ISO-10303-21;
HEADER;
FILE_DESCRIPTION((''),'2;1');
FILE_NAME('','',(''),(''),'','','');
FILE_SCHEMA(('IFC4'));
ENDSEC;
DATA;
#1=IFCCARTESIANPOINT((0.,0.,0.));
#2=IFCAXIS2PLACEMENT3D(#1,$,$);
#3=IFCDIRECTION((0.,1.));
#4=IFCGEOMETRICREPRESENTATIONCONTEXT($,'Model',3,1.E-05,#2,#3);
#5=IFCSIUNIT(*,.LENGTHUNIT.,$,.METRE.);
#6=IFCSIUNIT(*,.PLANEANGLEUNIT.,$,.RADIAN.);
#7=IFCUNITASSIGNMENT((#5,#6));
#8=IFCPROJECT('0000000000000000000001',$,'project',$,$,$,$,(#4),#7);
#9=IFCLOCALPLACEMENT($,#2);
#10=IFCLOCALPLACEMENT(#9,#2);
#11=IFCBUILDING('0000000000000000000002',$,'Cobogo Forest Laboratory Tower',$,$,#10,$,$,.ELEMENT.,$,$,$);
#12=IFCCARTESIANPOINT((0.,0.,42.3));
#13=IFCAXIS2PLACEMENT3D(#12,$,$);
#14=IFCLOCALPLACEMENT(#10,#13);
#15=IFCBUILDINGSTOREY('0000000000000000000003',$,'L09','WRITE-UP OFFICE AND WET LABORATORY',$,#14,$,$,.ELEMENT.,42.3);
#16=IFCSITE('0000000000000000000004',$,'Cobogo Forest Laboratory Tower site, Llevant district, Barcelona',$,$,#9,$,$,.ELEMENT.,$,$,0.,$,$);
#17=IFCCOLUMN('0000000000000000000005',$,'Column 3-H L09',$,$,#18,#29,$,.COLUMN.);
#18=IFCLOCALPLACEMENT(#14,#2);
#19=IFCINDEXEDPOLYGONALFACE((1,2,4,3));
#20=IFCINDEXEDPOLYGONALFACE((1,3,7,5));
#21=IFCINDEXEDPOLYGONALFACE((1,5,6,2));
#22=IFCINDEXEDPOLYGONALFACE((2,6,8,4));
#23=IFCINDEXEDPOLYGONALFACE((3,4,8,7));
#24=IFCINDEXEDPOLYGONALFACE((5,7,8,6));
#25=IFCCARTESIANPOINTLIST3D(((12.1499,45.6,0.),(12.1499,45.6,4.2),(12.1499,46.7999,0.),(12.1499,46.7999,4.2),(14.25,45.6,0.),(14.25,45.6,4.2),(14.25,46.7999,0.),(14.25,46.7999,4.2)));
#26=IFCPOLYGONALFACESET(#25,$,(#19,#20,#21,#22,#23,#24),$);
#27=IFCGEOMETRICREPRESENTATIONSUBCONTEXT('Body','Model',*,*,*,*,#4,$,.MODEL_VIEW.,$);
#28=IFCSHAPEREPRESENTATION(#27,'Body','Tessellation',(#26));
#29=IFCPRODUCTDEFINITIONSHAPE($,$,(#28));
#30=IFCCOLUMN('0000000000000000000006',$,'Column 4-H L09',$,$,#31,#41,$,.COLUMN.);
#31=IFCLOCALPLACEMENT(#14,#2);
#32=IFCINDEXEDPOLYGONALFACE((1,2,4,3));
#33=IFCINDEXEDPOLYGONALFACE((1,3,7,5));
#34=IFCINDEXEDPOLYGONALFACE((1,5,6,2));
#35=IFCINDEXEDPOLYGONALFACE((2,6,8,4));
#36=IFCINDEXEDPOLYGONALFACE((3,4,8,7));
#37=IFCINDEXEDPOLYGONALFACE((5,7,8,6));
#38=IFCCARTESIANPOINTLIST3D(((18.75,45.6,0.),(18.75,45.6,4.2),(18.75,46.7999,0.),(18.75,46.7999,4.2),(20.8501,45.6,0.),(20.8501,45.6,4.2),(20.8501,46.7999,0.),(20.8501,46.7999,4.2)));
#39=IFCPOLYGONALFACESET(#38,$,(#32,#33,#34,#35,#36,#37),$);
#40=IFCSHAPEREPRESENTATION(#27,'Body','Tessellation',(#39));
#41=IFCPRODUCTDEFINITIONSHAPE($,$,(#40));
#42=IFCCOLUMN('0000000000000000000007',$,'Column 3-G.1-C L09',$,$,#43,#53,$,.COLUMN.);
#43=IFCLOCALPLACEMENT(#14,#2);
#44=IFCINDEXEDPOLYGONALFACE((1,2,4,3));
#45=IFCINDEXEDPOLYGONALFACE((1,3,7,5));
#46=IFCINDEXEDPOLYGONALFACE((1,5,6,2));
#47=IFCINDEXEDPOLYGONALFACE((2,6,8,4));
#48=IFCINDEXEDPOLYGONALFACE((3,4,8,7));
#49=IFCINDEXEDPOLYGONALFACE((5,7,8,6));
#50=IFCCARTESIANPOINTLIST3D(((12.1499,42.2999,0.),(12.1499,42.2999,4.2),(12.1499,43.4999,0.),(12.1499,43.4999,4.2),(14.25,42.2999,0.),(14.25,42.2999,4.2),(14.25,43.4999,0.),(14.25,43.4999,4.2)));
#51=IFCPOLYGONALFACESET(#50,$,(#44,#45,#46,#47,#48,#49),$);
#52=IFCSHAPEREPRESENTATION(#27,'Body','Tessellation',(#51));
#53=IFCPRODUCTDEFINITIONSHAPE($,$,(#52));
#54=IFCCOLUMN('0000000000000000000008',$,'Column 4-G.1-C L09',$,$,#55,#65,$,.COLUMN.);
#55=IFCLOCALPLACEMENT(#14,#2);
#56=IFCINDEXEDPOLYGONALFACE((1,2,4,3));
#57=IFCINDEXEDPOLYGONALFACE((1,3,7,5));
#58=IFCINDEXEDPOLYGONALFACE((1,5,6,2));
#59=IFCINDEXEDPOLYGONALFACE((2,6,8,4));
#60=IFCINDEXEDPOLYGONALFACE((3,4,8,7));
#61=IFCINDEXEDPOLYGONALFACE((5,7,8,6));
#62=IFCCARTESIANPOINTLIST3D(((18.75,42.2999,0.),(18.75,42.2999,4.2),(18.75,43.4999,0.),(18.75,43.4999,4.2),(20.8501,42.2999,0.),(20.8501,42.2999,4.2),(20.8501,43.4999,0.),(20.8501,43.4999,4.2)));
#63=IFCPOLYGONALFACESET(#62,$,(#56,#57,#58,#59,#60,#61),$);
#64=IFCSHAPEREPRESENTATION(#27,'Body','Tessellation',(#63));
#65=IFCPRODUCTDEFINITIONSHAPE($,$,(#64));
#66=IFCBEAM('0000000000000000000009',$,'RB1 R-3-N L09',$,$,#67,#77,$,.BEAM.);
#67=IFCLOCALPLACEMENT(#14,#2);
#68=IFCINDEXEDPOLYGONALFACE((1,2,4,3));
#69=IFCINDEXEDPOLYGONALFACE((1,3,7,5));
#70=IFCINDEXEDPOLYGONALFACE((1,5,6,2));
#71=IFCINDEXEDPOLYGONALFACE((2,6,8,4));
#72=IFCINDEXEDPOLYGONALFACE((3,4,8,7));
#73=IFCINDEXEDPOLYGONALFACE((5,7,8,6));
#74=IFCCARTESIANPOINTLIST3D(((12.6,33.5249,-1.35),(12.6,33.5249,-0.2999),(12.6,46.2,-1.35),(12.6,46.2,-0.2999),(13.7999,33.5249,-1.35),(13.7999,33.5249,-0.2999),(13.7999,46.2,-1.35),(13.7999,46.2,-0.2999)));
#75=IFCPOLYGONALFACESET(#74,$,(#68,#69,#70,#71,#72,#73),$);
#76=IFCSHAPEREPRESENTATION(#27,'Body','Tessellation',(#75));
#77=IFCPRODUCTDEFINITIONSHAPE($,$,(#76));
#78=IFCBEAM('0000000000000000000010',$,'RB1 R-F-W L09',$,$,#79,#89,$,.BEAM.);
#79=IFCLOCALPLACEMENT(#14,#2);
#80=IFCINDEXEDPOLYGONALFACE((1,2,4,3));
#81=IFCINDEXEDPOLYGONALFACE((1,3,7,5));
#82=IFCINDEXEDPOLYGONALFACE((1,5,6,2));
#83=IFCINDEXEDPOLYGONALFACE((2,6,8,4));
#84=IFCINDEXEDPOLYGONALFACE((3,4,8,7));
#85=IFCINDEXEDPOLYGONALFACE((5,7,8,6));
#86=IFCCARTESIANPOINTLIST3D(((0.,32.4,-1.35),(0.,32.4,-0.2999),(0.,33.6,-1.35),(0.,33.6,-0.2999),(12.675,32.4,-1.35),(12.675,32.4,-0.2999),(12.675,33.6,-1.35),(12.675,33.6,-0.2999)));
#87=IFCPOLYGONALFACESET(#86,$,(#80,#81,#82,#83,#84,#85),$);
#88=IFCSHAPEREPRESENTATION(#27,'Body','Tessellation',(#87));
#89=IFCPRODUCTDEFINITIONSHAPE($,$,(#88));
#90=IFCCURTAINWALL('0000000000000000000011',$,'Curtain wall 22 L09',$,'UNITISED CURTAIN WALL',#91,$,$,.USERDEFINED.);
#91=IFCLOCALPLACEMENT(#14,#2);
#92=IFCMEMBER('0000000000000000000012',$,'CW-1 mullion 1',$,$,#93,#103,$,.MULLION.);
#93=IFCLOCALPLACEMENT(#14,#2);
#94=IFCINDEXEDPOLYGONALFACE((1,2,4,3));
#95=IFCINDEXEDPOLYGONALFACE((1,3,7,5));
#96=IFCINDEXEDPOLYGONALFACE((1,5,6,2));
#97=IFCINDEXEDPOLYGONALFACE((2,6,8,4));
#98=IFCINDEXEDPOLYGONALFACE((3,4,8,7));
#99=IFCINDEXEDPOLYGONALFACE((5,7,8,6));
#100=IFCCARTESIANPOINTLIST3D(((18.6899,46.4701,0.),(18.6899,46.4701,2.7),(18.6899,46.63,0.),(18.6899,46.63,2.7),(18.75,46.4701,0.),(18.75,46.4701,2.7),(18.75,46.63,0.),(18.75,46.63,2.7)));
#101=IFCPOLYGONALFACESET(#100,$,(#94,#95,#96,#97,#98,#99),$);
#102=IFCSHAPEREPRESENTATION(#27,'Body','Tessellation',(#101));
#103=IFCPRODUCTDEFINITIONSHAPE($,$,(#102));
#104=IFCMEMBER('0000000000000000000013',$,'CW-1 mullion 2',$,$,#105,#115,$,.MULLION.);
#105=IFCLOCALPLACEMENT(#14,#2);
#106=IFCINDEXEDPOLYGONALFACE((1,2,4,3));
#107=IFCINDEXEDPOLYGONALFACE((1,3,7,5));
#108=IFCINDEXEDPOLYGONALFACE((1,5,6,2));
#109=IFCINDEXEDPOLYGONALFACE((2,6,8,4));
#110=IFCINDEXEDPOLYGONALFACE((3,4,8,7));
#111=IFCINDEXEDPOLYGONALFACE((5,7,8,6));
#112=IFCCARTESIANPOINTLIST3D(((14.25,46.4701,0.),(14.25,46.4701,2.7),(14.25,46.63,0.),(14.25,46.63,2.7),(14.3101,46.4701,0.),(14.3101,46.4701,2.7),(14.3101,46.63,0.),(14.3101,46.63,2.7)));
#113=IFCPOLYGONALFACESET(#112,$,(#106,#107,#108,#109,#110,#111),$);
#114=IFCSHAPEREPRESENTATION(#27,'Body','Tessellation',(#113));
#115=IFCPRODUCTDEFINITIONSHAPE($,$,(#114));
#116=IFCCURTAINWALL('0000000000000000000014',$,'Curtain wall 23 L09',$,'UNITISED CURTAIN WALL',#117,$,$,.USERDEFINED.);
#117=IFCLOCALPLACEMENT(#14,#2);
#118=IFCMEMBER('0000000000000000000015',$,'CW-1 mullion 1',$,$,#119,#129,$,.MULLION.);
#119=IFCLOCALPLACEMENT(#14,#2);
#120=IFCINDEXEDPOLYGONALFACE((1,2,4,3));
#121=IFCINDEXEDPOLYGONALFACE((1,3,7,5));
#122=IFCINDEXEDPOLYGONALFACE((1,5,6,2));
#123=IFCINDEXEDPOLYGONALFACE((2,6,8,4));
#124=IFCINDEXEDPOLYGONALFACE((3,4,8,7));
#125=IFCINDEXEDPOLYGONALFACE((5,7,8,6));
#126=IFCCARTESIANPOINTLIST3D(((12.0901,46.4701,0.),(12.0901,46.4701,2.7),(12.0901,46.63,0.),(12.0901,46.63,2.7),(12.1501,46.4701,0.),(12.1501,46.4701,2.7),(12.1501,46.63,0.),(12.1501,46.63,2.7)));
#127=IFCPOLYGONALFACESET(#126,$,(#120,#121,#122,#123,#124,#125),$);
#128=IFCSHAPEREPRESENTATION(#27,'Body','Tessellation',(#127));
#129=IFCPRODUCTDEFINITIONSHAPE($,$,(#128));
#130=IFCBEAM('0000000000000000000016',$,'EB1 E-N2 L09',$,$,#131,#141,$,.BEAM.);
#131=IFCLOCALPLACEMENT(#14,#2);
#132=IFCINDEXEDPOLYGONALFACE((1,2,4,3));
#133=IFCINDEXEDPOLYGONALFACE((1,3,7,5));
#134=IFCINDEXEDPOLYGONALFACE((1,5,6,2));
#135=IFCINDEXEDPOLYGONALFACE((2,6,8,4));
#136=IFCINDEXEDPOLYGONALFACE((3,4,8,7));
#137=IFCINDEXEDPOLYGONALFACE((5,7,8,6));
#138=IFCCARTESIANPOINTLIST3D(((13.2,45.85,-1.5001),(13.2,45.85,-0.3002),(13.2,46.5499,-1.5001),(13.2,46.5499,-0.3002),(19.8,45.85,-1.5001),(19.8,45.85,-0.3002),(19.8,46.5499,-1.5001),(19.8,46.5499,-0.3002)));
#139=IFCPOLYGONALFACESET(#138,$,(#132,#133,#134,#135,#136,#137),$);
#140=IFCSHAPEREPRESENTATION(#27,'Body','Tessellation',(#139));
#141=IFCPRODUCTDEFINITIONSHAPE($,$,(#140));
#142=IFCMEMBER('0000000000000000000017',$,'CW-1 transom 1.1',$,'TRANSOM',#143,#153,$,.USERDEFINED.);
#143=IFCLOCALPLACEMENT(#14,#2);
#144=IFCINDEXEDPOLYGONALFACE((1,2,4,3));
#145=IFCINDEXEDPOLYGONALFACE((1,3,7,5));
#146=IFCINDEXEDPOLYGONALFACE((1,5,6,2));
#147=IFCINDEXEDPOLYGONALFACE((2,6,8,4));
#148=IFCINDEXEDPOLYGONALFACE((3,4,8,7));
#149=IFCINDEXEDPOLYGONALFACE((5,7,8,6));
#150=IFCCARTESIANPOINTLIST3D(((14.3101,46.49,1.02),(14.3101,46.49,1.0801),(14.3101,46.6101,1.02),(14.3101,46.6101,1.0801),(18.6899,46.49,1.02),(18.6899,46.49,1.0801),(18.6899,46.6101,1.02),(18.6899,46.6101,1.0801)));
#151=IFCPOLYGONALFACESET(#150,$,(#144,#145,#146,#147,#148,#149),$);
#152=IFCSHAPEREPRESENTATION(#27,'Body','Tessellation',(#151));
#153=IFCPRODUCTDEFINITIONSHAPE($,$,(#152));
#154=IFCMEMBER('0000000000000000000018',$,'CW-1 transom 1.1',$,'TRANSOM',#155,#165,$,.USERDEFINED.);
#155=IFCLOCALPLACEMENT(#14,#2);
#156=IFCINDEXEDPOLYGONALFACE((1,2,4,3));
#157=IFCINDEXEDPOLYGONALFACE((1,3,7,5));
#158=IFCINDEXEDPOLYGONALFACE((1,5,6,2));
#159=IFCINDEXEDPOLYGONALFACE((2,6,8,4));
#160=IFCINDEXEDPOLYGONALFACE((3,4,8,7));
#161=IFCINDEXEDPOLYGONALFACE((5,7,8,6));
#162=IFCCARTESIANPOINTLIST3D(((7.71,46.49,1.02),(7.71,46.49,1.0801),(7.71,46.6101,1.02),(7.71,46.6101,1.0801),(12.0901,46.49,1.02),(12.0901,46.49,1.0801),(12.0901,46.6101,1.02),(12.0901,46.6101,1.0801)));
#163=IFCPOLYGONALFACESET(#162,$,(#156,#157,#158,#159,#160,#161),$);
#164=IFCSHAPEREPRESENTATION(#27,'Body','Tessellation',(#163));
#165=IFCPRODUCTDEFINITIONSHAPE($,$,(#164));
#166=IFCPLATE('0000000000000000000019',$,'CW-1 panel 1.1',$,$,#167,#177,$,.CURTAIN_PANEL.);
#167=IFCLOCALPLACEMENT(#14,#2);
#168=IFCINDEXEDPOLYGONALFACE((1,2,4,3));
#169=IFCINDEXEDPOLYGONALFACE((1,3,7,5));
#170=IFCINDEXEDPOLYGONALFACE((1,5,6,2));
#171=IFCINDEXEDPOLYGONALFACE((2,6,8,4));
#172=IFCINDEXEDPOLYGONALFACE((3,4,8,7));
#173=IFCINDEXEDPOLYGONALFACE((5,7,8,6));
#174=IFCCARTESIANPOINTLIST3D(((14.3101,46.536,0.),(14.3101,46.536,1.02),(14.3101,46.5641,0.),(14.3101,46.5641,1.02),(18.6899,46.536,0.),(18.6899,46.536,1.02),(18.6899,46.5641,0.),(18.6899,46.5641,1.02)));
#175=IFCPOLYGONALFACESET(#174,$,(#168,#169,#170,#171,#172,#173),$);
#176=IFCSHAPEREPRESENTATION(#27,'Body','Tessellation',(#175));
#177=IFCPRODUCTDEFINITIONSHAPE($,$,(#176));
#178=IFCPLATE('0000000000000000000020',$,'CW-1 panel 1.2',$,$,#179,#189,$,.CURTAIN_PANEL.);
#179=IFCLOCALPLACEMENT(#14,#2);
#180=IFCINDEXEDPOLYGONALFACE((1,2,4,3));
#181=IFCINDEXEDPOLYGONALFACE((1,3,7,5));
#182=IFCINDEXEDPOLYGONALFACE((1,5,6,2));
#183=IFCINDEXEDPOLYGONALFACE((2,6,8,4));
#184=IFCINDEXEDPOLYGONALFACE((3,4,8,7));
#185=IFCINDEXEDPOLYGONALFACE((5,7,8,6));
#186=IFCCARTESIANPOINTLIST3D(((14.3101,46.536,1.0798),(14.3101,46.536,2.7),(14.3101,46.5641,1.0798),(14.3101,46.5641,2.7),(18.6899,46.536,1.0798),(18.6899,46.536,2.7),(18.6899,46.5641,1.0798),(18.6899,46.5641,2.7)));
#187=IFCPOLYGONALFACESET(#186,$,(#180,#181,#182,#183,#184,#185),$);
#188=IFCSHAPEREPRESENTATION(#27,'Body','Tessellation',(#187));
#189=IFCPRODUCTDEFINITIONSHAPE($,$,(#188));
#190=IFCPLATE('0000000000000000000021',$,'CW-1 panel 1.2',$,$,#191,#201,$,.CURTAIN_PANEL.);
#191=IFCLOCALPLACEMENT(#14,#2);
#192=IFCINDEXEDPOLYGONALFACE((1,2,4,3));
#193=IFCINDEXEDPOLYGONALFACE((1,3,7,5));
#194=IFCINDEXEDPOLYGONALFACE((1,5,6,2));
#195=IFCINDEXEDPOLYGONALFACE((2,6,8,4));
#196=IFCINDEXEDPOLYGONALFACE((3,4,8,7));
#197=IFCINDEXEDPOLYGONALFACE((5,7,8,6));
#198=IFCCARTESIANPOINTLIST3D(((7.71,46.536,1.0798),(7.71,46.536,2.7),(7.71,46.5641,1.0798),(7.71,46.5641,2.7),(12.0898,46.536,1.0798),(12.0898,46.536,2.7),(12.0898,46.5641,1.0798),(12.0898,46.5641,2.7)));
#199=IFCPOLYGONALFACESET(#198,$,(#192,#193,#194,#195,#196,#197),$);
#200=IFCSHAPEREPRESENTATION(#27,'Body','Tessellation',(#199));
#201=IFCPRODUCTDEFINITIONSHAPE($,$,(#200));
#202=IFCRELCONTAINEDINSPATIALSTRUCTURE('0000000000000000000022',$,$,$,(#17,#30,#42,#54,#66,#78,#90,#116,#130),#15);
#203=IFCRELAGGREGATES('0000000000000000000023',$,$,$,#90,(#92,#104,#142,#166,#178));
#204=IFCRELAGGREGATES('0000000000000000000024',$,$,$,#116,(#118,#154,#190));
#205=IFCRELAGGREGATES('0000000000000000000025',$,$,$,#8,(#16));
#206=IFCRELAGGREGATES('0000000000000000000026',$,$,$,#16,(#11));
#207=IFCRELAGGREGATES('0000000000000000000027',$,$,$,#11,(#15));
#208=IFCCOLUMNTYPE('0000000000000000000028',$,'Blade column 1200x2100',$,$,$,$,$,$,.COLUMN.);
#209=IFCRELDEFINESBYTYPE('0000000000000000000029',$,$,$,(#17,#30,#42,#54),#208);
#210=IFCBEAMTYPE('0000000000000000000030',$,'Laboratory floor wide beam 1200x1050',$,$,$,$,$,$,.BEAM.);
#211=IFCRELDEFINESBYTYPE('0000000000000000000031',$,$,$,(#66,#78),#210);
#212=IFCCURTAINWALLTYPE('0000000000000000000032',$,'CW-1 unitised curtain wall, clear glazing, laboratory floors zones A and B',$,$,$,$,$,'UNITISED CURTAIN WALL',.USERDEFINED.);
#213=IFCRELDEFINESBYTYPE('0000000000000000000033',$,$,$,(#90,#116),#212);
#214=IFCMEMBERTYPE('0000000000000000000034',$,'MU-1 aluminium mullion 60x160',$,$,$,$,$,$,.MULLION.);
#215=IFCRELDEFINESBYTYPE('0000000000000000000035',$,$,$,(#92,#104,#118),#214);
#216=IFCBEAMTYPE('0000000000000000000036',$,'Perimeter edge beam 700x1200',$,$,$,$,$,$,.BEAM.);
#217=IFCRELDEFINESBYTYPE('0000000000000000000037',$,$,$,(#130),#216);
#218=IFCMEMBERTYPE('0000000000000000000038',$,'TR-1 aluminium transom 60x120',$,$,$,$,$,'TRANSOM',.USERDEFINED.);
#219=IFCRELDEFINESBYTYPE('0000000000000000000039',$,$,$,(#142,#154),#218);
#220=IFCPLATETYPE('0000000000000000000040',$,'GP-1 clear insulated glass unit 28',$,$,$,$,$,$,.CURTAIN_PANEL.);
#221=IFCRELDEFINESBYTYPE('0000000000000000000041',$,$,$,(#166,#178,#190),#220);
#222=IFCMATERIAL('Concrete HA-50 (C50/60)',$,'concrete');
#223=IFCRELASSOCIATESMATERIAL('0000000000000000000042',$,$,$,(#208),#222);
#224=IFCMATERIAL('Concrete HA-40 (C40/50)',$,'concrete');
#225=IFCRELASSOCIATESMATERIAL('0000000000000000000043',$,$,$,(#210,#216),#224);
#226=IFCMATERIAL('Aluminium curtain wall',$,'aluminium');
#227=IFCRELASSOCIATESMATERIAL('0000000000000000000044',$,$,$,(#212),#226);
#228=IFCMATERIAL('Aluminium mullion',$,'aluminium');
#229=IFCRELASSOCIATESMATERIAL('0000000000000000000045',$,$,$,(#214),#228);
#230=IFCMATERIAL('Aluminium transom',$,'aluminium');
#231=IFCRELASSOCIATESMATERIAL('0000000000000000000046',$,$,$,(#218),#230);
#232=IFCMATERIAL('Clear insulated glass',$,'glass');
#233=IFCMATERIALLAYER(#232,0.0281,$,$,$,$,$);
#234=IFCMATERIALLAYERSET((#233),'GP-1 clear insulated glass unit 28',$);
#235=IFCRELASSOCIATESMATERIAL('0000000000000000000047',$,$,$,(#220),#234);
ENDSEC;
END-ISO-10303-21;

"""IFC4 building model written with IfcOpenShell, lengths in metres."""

from ifc_helpers import new_model, si_unit, direction, frame, origin, origin_2d, place, context, subcontext, project, spatial, rectangle, extrude, material, layer, layer_set, material_profile, profile_set, type_object, element, aggregate, save


model = new_model("IFC4")

# Units and contexts
model_context = context("Model", 3, precision=1e-05, world=origin(), true_north=direction((0.0, 1.0)))
body_context = subcontext(model_context, "Body", "Model", "MODEL_VIEW")
ifc_project = project(units=[si_unit("LENGTHUNIT", "METRE"), si_unit("PLANEANGLEUNIT", "RADIAN")], contexts=[model_context])

# Site, building, storey
site_placement = place(None, origin())
site = spatial("IfcSite", under=ifc_project, at=site_placement, Name="Cobogo Forest Laboratory Tower site, Llevant district, Barcelona", CompositionType="ELEMENT", RefElevation=0.0)
building_placement = place(site_placement, origin())
building = spatial("IfcBuilding", under=site, at=building_placement, Name="Cobogo Forest Laboratory Tower", CompositionType="ELEMENT")
storey_placement = place(building_placement, frame((0.0, 0.0, 42.3)))
storey = spatial("IfcBuildingStorey", under=building, at=storey_placement, Name="L09", Description="WRITE-UP OFFICE AND WET LABORATORY", CompositionType="ELEMENT", Elevation=42.3)

# Columns
ifc_material_1 = material(Name="Concrete HA-50 (C50/60)", Category="concrete")
ifc_material_profile_1 = material_profile(ifc_material_1, rectangle(XDim=2.1001, YDim=1.2, at=origin_2d()), Name="RC 1200x2100")
ifc_profile_set_1 = profile_set([ifc_material_profile_1], Name="Concrete HA-50 (C50/60)")
column_type = type_object("IfcColumnType", Name="Blade column 1200x2100", PredefinedType="COLUMN", material=ifc_profile_set_1)
for number, where, z_axis, x_axis, name in (
    (1, (13.2, 46.2, 0.0), (0.0, 0.0, 1.0), (1.0, 0.0, 0.0), "Column 3-H L09"),
    (2, (19.8, 46.2, 0.0), (0.0, 0.0, 1.0), (1.0, 0.0, 0.0), "Column 4-H L09"),
    (3, (13.2, 42.8999, 0.0), (0.0, 0.0, 1.0), (1.0, 0.0, 0.0), "Column 3-G.1-C L09"),
    (4, (19.8, 42.8999, 0.0), (0.0, 0.0, 1.0), (1.0, 0.0, 0.0), "Column 4-G.1-C L09"),
):
    element("IfcColumn", number, at=place(storey_placement, frame(where, z_axis=z_axis, x_axis=x_axis)), inside=storey, type_object=column_type, Name=name, PredefinedType="COLUMN", context=body_context, shape_type="SweptSolid", body=[
        extrude(rectangle(XDim=2.1001, YDim=1.2, at=origin_2d()), origin(), (0.0, 0.0, 1.0), 4.2),
    ])

# Beams
ifc_material_2 = material(Name="Concrete HA-40 (C40/50)", Category="concrete")
ifc_material_profile_2 = material_profile(ifc_material_2, rectangle(XDim=1.2, YDim=1.05, at=origin_2d()), Name="RC 1200x1050")
ifc_profile_set_2 = profile_set([ifc_material_profile_2], Name="Concrete HA-40 (C40/50)")
beam_type_1 = type_object("IfcBeamType", Name="Laboratory floor wide beam 1200x1050", PredefinedType="BEAM", material=ifc_profile_set_2)
for number, where, z_axis, x_axis, name in (
    (5, (13.2, 33.5249, -0.825), (0.0, 1.0, 0.0), (-1.0, 0.0, 0.0), "RB1 R-3-N L09"),
    (6, (12.675, 33.0, -0.825), (-1.0, 0.0, 0.0), (0.0, -1.0, 0.0), "RB1 R-F-W L09"),
):
    element("IfcBeam", number, at=place(storey_placement, frame(where, z_axis=z_axis, x_axis=x_axis)), inside=storey, type_object=beam_type_1, Name=name, PredefinedType="BEAM", context=body_context, shape_type="SweptSolid", body=[
        extrude(rectangle(XDim=1.2, YDim=1.05, at=origin_2d()), origin(), (0.0, 0.0, 1.0), 12.675),
    ])

# Curtain wall, members
ifc_material_3 = material(Name="Aluminium curtain wall", Category="aluminium")
curtain_wall_type = type_object("IfcCurtainWallType", Name="CW-1 unitised curtain wall, clear glazing, laboratory floors zones A and B", ElementType="UNITISED CURTAIN WALL", PredefinedType="USERDEFINED", material=ifc_material_3)
curtain_wall_1_placement = place(storey_placement, origin())
curtain_wall_1 = element("IfcCurtainWall", 7, at=curtain_wall_1_placement, inside=storey, type_object=curtain_wall_type, Name="Curtain wall 22 L09", ObjectType="UNITISED CURTAIN WALL", PredefinedType="USERDEFINED")
ifc_material_4 = material(Name="Aluminium mullion", Category="aluminium")
ifc_material_profile_3 = material_profile(ifc_material_4, rectangle(XDim=0.0601, YDim=0.1599, at=origin_2d()), Name="AL 60x160")
ifc_profile_set_3 = profile_set([ifc_material_profile_3], Name="Aluminium mullion")
member_type_1 = type_object("IfcMemberType", Name="MU-1 aluminium mullion 60x160", PredefinedType="MULLION", material=ifc_profile_set_3)
member_1_placement = place(storey_placement, frame((18.72, 46.55, 0.0), z_axis=(0.0, 0.0, 1.0), x_axis=(-1.0, 0.0, 0.0)))
member_1 = element("IfcMember", 8, at=member_1_placement, type_object=member_type_1, Name="CW-1 mullion 1", PredefinedType="MULLION", context=body_context, shape_type="SweptSolid", body=[
    extrude(rectangle(XDim=0.0601, YDim=0.1599, at=origin_2d()), origin(), (0.0, 0.0, 1.0), 2.7),
])
member_2_placement = place(storey_placement, frame((14.28, 46.55, 0.0), z_axis=(0.0, 0.0, 1.0), x_axis=(-1.0, 0.0, 0.0)))
member_2 = element("IfcMember", 9, at=member_2_placement, type_object=member_type_1, Name="CW-1 mullion 2", PredefinedType="MULLION", context=body_context, shape_type="SweptSolid", body=[
    extrude(rectangle(XDim=0.0601, YDim=0.1599, at=origin_2d()), origin(), (0.0, 0.0, 1.0), 2.7),
])

# Curtain wall, member
curtain_wall_2_placement = place(storey_placement, origin())
curtain_wall_2 = element("IfcCurtainWall", 10, at=curtain_wall_2_placement, inside=storey, type_object=curtain_wall_type, Name="Curtain wall 23 L09", ObjectType="UNITISED CURTAIN WALL", PredefinedType="USERDEFINED")
member_3_placement = place(storey_placement, frame((12.1201, 46.55, 0.0), z_axis=(0.0, 0.0, 1.0), x_axis=(-1.0, 0.0, 0.0)))
member_3 = element("IfcMember", 11, at=member_3_placement, type_object=member_type_1, Name="CW-1 mullion 1", PredefinedType="MULLION", context=body_context, shape_type="SweptSolid", body=[
    extrude(rectangle(XDim=0.0601, YDim=0.1599, at=origin_2d()), origin(), (0.0, 0.0, 1.0), 2.7),
])

# Beam
ifc_material_profile_4 = material_profile(ifc_material_2, rectangle(XDim=0.7, YDim=1.2, at=origin_2d()), Name="RC 700x1200")
ifc_profile_set_4 = profile_set([ifc_material_profile_4], Name="Concrete HA-40 (C40/50)")
beam_type_2 = type_object("IfcBeamType", Name="Perimeter edge beam 700x1200", PredefinedType="BEAM", material=ifc_profile_set_4)
beam_placement = place(storey_placement, frame((13.2, 46.2, -0.9001), z_axis=(1.0, 0.0, 0.0), x_axis=(0.0, 1.0, 0.0)))
element("IfcBeam", 12, at=beam_placement, inside=storey, type_object=beam_type_2, Name="EB1 E-N2 L09", PredefinedType="BEAM", context=body_context, shape_type="SweptSolid", body=[
    extrude(rectangle(XDim=0.7, YDim=1.2, at=origin_2d()), origin(), (0.0, 0.0, 1.0), 6.6001),
])

# Members
ifc_material_5 = material(Name="Aluminium transom", Category="aluminium")
ifc_material_profile_5 = material_profile(ifc_material_5, rectangle(XDim=0.1201, YDim=0.0601, at=origin_2d()), Name="AL 60x120")
ifc_profile_set_5 = profile_set([ifc_material_profile_5], Name="Aluminium transom")
member_type_2 = type_object("IfcMemberType", Name="TR-1 aluminium transom 60x120", ElementType="TRANSOM", PredefinedType="USERDEFINED", material=ifc_profile_set_5)
member_4_placement = place(storey_placement, frame((18.6899, 46.55, 1.05), z_axis=(-1.0, 0.0, 0.0), x_axis=(0.0, -1.0, 0.0)))
member_4 = element("IfcMember", 13, at=member_4_placement, type_object=member_type_2, Name="CW-1 transom 1.1", ObjectType="TRANSOM", PredefinedType="USERDEFINED", context=body_context, shape_type="SweptSolid", body=[
    extrude(rectangle(XDim=0.1201, YDim=0.0601, at=origin_2d()), origin(), (0.0, 0.0, 1.0), 4.3799),
])
member_5_placement = place(storey_placement, frame((12.0901, 46.55, 1.05), z_axis=(-1.0, 0.0, 0.0), x_axis=(0.0, -1.0, 0.0)))
member_5 = element("IfcMember", 14, at=member_5_placement, type_object=member_type_2, Name="CW-1 transom 1.1", ObjectType="TRANSOM", PredefinedType="USERDEFINED", context=body_context, shape_type="SweptSolid", body=[
    extrude(rectangle(XDim=0.1201, YDim=0.0601, at=origin_2d()), origin(), (0.0, 0.0, 1.0), 4.3801),
])

# Plates
ifc_material_6 = material(Name="Clear insulated glass", Category="glass")
ifc_layer_1 = layer(ifc_material_6, 0.0281)
ifc_layer_set_1 = layer_set([ifc_layer_1], Name="GP-1 clear insulated glass unit 28")
plate_type_1 = type_object("IfcPlateType", Name="GP-1 clear insulated glass unit 28", PredefinedType="CURTAIN_PANEL", material=ifc_layer_set_1)
plate_1_placement = place(storey_placement, frame((16.5, 46.55, 0.0), z_axis=(0.0, 0.0, 1.0), x_axis=(-1.0, 0.0, 0.0)))
plate_1 = element("IfcPlate", 15, at=plate_1_placement, type_object=plate_type_1, Name="CW-1 panel 1.1", PredefinedType="CURTAIN_PANEL", context=body_context, shape_type="SweptSolid", body=[
    extrude(rectangle(XDim=4.3799, YDim=0.0281, at=origin_2d()), origin(), (0.0, 0.0, 1.0), 1.02),
])
plate_2_placement = place(storey_placement, frame((16.5, 46.55, 1.0798), z_axis=(0.0, 0.0, 1.0), x_axis=(-1.0, 0.0, 0.0)))
plate_2 = element("IfcPlate", 16, at=plate_2_placement, type_object=plate_type_1, Name="CW-1 panel 1.2", PredefinedType="CURTAIN_PANEL", context=body_context, shape_type="SweptSolid", body=[
    extrude(rectangle(XDim=4.3799, YDim=0.0281, at=origin_2d()), origin(), (0.0, 0.0, 1.0), 1.6201),
])
aggregate(curtain_wall_1, [member_1, member_2, member_4, plate_1, plate_2])
plate_3_placement = place(storey_placement, frame((9.8999, 46.55, 1.0798), z_axis=(0.0, 0.0, 1.0), x_axis=(-1.0, 0.0, 0.0)))
plate_3 = element("IfcPlate", 17, at=plate_3_placement, type_object=plate_type_1, Name="CW-1 panel 1.2", PredefinedType="CURTAIN_PANEL", context=body_context, shape_type="SweptSolid", body=[
    extrude(rectangle(XDim=4.3799, YDim=0.0281, at=origin_2d()), origin(), (0.0, 0.0, 1.0), 1.6201),
])
aggregate(curtain_wall_2, [member_3, member_5, plate_3])

save(model, "model.ifc")
